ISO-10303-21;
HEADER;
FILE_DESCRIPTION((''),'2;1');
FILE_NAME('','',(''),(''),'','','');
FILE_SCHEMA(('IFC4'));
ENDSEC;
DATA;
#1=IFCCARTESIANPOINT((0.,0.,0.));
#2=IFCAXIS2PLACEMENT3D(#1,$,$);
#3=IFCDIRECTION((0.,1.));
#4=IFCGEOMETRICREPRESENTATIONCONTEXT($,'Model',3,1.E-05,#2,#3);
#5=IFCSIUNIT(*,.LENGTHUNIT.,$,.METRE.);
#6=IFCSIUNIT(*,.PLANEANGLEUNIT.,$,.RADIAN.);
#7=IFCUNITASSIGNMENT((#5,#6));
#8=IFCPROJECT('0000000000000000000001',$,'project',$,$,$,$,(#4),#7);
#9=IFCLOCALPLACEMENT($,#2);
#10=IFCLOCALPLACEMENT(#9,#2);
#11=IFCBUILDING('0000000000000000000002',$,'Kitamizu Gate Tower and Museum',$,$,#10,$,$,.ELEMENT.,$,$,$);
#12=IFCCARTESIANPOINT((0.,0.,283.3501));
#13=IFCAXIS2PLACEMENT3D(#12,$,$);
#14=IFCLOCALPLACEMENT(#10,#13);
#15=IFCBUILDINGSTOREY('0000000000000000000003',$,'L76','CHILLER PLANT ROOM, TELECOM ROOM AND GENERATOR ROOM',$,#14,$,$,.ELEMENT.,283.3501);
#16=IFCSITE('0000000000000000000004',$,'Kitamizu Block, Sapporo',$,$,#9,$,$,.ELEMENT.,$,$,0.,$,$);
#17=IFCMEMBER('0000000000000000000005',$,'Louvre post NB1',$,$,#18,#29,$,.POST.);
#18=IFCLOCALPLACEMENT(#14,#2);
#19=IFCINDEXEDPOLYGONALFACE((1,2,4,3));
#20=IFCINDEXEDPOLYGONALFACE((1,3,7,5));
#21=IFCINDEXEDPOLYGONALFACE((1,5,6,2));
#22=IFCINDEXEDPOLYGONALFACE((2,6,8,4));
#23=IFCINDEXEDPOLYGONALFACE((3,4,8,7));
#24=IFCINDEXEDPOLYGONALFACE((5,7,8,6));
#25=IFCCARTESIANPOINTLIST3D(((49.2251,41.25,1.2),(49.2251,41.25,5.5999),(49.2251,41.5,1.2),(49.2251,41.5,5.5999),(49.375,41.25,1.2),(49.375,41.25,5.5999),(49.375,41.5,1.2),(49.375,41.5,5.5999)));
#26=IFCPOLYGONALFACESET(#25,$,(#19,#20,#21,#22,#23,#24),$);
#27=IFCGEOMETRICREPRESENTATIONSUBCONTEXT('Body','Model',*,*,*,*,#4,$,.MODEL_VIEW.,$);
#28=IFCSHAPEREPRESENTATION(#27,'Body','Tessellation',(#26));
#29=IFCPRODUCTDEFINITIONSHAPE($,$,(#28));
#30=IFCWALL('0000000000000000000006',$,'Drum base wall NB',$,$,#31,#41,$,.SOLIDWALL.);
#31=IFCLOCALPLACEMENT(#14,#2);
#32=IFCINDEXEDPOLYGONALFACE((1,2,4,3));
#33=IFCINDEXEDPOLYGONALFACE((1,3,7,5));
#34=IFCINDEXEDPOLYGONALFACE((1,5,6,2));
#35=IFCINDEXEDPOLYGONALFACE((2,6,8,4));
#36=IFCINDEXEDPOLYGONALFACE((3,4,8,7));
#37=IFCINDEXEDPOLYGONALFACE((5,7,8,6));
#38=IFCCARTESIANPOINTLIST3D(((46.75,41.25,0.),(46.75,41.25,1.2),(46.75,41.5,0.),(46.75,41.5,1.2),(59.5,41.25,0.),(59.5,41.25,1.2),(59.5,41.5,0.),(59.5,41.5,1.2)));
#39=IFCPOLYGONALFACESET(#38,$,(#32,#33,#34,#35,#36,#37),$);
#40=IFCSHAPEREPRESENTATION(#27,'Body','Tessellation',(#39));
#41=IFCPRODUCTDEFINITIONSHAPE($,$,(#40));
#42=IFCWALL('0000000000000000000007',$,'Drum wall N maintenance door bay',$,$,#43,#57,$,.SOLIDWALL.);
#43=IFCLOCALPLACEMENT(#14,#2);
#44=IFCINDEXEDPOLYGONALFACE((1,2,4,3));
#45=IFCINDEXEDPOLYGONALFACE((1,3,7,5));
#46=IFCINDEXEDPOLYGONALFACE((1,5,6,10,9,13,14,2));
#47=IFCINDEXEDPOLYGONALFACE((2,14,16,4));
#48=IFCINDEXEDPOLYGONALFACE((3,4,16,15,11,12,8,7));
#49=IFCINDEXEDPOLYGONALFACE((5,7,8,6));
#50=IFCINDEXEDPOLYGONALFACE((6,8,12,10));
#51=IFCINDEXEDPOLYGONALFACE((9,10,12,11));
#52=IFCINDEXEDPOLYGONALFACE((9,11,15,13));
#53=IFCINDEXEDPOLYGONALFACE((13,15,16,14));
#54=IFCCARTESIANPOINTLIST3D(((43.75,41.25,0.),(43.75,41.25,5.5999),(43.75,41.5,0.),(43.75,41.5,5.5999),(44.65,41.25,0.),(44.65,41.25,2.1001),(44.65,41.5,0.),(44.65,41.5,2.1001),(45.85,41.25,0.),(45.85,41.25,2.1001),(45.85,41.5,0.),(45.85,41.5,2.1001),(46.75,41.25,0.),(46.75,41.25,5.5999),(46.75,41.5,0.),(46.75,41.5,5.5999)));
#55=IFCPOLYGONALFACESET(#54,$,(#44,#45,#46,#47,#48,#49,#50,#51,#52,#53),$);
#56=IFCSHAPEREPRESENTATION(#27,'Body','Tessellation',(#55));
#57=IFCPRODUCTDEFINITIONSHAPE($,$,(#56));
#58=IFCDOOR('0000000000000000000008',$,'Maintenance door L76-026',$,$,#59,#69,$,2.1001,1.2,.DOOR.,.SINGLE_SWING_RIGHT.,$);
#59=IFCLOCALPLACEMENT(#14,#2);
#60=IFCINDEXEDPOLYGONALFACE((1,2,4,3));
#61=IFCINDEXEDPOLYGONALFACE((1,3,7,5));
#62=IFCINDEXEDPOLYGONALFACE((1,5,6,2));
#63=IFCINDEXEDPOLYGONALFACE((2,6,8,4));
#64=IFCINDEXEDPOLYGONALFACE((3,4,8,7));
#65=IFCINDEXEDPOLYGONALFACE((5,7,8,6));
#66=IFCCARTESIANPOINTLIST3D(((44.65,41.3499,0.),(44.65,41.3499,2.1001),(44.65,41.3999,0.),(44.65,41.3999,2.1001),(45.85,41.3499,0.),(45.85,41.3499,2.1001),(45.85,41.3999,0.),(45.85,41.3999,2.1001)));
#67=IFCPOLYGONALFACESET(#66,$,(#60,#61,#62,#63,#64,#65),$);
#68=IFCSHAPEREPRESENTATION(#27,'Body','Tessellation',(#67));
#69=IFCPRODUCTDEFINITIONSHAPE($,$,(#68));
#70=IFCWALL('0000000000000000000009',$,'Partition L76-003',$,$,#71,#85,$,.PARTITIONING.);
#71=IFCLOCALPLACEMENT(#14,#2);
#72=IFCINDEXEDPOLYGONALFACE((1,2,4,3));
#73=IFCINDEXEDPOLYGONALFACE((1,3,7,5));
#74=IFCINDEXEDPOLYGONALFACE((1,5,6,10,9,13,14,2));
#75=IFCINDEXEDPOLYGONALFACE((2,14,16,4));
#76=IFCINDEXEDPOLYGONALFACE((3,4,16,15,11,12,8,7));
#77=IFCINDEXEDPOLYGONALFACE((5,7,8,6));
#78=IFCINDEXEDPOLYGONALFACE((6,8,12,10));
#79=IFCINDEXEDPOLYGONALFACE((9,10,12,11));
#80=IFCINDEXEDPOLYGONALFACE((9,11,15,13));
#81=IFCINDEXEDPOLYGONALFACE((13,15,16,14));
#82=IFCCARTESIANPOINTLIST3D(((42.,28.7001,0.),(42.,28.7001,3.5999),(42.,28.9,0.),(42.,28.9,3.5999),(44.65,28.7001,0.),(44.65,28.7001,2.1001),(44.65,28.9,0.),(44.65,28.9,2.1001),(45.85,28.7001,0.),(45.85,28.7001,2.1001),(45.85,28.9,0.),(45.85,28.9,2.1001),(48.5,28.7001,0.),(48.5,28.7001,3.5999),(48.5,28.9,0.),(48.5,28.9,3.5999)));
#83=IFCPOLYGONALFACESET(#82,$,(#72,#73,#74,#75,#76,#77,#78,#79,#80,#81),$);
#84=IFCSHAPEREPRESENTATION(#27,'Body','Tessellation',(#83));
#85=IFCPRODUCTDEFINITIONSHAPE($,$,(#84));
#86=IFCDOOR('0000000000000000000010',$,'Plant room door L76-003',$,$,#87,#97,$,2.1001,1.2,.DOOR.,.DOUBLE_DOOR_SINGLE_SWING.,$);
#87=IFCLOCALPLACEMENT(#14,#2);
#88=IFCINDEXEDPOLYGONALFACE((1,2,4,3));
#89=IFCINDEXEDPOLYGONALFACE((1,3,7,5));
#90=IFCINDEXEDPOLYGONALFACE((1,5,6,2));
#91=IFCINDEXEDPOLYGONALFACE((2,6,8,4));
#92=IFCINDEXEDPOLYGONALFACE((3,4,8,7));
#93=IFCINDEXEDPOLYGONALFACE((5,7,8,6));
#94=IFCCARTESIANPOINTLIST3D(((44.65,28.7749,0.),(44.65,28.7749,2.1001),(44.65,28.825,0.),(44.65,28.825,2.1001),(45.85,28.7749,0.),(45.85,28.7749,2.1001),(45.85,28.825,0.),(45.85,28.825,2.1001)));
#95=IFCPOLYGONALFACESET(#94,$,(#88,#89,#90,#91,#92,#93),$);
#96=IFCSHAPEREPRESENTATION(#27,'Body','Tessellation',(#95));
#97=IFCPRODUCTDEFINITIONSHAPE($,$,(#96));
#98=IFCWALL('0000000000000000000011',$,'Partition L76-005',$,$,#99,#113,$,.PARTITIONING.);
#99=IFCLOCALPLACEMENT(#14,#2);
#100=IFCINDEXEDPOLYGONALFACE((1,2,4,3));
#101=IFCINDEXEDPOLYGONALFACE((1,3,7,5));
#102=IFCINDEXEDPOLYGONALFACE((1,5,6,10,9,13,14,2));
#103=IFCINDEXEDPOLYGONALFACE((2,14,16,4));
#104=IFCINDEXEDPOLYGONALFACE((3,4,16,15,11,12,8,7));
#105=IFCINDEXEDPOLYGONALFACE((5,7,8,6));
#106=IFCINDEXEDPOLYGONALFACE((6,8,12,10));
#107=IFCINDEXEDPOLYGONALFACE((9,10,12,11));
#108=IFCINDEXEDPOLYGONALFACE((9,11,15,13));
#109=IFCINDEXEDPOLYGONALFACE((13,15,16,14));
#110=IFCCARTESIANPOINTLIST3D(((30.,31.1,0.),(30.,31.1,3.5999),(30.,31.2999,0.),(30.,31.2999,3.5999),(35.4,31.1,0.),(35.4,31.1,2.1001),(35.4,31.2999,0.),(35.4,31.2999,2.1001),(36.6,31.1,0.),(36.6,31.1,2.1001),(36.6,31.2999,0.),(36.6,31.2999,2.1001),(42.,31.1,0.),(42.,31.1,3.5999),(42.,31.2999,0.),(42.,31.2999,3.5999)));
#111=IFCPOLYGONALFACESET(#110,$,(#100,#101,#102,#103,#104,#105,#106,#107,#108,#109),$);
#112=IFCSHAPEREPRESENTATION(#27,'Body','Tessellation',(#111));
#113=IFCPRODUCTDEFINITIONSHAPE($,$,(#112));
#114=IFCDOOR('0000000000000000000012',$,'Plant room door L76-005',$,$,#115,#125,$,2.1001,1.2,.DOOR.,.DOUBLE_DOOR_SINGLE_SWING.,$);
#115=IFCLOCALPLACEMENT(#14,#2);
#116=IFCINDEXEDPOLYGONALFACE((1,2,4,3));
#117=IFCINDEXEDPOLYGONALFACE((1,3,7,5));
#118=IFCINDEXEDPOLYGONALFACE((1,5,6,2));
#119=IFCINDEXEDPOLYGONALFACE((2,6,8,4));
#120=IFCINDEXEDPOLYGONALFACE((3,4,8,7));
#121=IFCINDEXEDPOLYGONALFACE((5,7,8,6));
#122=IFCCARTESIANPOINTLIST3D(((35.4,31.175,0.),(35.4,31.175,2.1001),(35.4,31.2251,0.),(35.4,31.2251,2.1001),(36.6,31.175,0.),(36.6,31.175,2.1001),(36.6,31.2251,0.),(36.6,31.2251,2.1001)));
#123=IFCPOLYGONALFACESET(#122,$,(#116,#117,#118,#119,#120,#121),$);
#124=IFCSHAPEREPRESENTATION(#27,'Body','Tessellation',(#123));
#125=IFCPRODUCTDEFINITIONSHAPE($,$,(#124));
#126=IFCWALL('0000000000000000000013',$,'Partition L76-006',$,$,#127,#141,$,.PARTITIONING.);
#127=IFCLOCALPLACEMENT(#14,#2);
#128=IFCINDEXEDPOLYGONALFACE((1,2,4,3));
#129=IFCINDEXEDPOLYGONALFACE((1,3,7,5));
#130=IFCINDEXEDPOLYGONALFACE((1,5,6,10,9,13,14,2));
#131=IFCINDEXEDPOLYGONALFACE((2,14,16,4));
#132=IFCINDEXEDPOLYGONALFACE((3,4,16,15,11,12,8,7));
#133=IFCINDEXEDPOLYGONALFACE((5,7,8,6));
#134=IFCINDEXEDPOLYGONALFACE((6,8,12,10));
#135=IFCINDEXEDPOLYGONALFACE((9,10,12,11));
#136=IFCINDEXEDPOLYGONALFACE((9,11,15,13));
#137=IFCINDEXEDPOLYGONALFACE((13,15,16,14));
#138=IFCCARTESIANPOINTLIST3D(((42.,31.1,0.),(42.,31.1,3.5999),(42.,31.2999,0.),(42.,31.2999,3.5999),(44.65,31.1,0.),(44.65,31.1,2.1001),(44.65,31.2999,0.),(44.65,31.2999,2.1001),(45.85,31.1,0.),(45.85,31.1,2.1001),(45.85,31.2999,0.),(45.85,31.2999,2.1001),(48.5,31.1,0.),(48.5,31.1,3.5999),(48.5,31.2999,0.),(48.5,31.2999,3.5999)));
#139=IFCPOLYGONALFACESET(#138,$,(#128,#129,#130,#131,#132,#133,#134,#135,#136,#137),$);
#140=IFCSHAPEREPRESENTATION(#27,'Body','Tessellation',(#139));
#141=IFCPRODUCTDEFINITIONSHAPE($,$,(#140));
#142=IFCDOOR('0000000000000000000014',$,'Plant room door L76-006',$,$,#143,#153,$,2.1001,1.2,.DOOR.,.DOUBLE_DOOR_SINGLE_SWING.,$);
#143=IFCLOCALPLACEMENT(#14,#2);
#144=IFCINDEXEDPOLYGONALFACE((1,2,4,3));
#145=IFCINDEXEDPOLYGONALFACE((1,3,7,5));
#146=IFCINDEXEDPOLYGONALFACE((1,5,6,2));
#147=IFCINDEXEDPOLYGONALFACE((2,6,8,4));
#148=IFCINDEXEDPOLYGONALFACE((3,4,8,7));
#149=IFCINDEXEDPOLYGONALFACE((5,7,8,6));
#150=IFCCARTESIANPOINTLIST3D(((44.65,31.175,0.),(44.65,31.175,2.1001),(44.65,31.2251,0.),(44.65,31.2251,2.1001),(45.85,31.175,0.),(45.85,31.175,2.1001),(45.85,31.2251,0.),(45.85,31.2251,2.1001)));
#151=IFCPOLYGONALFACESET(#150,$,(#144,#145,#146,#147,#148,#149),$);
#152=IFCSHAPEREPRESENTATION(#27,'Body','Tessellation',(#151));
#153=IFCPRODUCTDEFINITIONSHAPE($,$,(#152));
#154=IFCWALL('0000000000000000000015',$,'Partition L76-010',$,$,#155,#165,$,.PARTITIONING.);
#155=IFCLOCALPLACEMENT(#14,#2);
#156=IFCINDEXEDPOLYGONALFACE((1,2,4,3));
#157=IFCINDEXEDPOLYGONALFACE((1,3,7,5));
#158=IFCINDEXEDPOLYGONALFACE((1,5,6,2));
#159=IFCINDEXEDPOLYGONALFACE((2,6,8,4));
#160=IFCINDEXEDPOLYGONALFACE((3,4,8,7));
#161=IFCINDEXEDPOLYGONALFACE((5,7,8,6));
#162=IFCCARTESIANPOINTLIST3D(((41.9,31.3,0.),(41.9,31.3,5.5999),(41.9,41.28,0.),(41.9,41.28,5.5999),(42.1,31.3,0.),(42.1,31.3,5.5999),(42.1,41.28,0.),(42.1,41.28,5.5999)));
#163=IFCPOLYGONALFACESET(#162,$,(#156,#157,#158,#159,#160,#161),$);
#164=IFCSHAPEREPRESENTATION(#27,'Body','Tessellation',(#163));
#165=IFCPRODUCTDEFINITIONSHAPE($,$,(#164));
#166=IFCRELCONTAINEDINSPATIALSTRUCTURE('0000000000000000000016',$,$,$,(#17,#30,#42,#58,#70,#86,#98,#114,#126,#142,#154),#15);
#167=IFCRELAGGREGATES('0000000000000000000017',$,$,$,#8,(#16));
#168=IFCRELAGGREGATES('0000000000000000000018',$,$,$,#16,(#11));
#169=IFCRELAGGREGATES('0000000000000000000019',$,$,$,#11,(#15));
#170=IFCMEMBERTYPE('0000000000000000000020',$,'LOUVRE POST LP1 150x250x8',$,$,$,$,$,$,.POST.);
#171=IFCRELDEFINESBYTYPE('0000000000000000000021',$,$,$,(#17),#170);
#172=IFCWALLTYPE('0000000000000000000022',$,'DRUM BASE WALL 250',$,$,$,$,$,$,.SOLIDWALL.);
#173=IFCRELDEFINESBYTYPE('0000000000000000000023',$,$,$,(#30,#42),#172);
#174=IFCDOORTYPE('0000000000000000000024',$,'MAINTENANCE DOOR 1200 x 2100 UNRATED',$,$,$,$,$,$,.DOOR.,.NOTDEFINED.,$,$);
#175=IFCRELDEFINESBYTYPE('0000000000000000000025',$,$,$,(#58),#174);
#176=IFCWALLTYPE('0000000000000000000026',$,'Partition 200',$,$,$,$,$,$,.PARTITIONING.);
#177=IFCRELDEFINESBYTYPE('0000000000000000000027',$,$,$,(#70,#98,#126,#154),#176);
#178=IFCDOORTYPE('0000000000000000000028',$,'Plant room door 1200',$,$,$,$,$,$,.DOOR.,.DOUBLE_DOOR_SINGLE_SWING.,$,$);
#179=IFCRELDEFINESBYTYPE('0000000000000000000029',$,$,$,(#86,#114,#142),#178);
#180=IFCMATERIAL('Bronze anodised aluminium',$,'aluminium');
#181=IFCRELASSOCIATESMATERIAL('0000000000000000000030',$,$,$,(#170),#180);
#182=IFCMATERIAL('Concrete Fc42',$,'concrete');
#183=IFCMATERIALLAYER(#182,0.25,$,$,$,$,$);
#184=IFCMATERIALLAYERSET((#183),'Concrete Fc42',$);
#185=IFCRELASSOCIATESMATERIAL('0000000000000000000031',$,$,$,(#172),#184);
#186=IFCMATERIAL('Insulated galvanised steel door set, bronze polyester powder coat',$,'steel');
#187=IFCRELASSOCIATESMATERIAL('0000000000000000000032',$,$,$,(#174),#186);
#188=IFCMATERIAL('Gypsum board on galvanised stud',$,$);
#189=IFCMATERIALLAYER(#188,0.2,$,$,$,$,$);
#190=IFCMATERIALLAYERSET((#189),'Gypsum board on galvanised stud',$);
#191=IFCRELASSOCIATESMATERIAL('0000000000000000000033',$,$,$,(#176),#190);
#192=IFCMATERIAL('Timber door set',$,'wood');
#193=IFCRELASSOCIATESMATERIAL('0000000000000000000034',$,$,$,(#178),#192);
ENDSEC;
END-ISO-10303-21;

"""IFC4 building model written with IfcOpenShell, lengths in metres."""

from ifc_helpers import new_model, si_unit, direction, frame, frame_2d, origin, origin_2d, place, context, subcontext, project, spatial, rectangle, extrude, material, layer, layer_set, material_profile, profile_set, type_object, element, fill, save


model = new_model("IFC4")

# Units and contexts
model_context = context("Model", 3, precision=1e-05, world=origin(), true_north=direction((0.0, 1.0)))
body_context = subcontext(model_context, "Body", "Model", "MODEL_VIEW")
ifc_project = project(units=[si_unit("LENGTHUNIT", "METRE"), si_unit("PLANEANGLEUNIT", "RADIAN")], contexts=[model_context])

# Site, building, storey
site_placement = place(None, origin())
site = spatial("IfcSite", under=ifc_project, at=site_placement, Name="Kitamizu Block, Sapporo", CompositionType="ELEMENT", RefElevation=0.0)
building_placement = place(site_placement, origin())
building = spatial("IfcBuilding", under=site, at=building_placement, Name="Kitamizu Gate Tower and Museum", CompositionType="ELEMENT")
storey_placement = place(building_placement, frame((0.0, 0.0, 283.3501)))
storey = spatial("IfcBuildingStorey", under=building, at=storey_placement, Name="L76", Description="CHILLER PLANT ROOM, TELECOM ROOM AND GENERATOR ROOM", CompositionType="ELEMENT", Elevation=283.3501)

# Member
ifc_material_1 = material(Name="Bronze anodised aluminium", Category="aluminium")
ifc_material_profile_1 = material_profile(ifc_material_1, rectangle(XDim=0.1499, YDim=0.25, at=origin_2d()), Name="AL 150x250")
ifc_profile_set_1 = profile_set([ifc_material_profile_1], Name="Bronze anodised aluminium")
member_type = type_object("IfcMemberType", Name="LOUVRE POST LP1 150x250x8", PredefinedType="POST", material=ifc_profile_set_1)
member_placement = place(storey_placement, frame((49.3, 41.375, 1.2), z_axis=(0.0, 0.0, 1.0), x_axis=(1.0, 0.0, 0.0)))
element("IfcMember", 1, at=member_placement, inside=storey, type_object=member_type, Name="Louvre post NB1", PredefinedType="POST", context=body_context, shape_type="SweptSolid", body=[
    extrude(rectangle(XDim=0.1499, YDim=0.25, at=origin_2d()), origin(), (0.0, 0.0, 1.0), 4.3999),
])

# Wall
ifc_material_2 = material(Name="Concrete Fc42", Category="concrete")
ifc_layer_1 = layer(ifc_material_2, 0.25)
ifc_layer_set_1 = layer_set([ifc_layer_1], Name="Concrete Fc42")
wall_type_1 = type_object("IfcWallType", Name="DRUM BASE WALL 250", PredefinedType="SOLIDWALL", material=ifc_layer_set_1)
wall_1_placement = place(storey_placement, frame((46.75, 41.375, 0.0), z_axis=(0.0, 0.0, 1.0), x_axis=(1.0, 0.0, 0.0)))
element("IfcWall", 2, at=wall_1_placement, inside=storey, type_object=wall_type_1, Name="Drum base wall NB", PredefinedType="SOLIDWALL", context=body_context, shape_type="SweptSolid", body=[
    extrude(rectangle(XDim=12.75, YDim=0.25, at=frame_2d((6.375, 0.0))), origin(), (0.0, 0.0, 1.0), 1.2),
])

# Walls, openings, doors
wall_2_placement = place(storey_placement, frame((43.75, 41.375, 0.0), z_axis=(0.0, 0.0, 1.0), x_axis=(1.0, 0.0, 0.0)))
wall_2 = element("IfcWall", 3, at=wall_2_placement, inside=storey, type_object=wall_type_1, Name="Drum wall N maintenance door bay", PredefinedType="SOLIDWALL", context=body_context, shape_type="SweptSolid", body=[
    extrude(rectangle(XDim=3.0, YDim=0.25, at=frame_2d((1.5, 0.0))), origin(), (0.0, 0.0, 1.0), 5.5999),
])
opening_1_placement = place(wall_2_placement, frame((0.8999, 0.0, 0.0)))
opening_1 = element("IfcOpeningElement", 4, at=opening_1_placement, cuts=wall_2, PredefinedType="OPENING", context=body_context, shape_type="SweptSolid", body=[
    extrude(rectangle(XDim=1.2, YDim=2.1001, at=frame_2d((0.6001, 1.05))), frame((0.0, 0.135, 0.0), z_axis=(0.0, -1.0, 0.0), x_axis=(1.0, 0.0, 0.0)), (0.0, 0.0, 1.0), 0.27),
])
ifc_material_3 = material(Name="Insulated galvanised steel door set, bronze polyester powder coat", Category="steel")
door_type_1 = type_object("IfcDoorType", Name="MAINTENANCE DOOR 1200 x 2100 UNRATED", OperationType="NOTDEFINED", PredefinedType="DOOR", material=ifc_material_3)
door_1_placement = place(opening_1_placement, origin())
door_1 = element("IfcDoor", 5, at=door_1_placement, inside=storey, type_object=door_type_1, Name="Maintenance door L76-026", OperationType="SINGLE_SWING_RIGHT", OverallHeight=2.1001, OverallWidth=1.2, PredefinedType="DOOR", context=body_context, shape_type="SweptSolid", body=[
    extrude(rectangle(XDim=1.2, YDim=2.1001, at=frame_2d((0.6001, 1.05))), frame((0.0, 0.0249, 0.0), z_axis=(0.0, -1.0, 0.0), x_axis=(1.0, 0.0, 0.0)), (0.0, 0.0, 1.0), 0.05),
])
fill(opening_1, door_1)
ifc_material_4 = material(Name="Gypsum board on galvanised stud")
ifc_layer_2 = layer(ifc_material_4, 0.2)
ifc_layer_set_2 = layer_set([ifc_layer_2], Name="Gypsum board on galvanised stud")
wall_type_2 = type_object("IfcWallType", Name="Partition 200", PredefinedType="PARTITIONING", material=ifc_layer_set_2)
wall_3_placement = place(storey_placement, frame((42.0, 28.8, 0.0), z_axis=(0.0, 0.0, 1.0), x_axis=(1.0, 0.0, 0.0)))
wall_3 = element("IfcWall", 6, at=wall_3_placement, inside=storey, type_object=wall_type_2, Name="Partition L76-003", PredefinedType="PARTITIONING", context=body_context, shape_type="SweptSolid", body=[
    extrude(rectangle(XDim=6.5, YDim=0.2, at=frame_2d((3.25, 0.0))), origin(), (0.0, 0.0, 1.0), 3.5999),
])
opening_2_placement = place(wall_3_placement, frame((2.6499, 0.0, 0.0)))
opening_2 = element("IfcOpeningElement", 7, at=opening_2_placement, cuts=wall_3, PredefinedType="OPENING", context=body_context, shape_type="SweptSolid", body=[
    extrude(rectangle(XDim=1.2, YDim=2.1001, at=frame_2d((0.6001, 1.05))), frame((0.0, 0.1099, 0.0), z_axis=(0.0, -1.0, 0.0), x_axis=(1.0, 0.0, 0.0)), (0.0, 0.0, 1.0), 0.22),
])
ifc_material_5 = material(Name="Timber door set", Category="wood")
door_type_2 = type_object("IfcDoorType", Name="Plant room door 1200", OperationType="DOUBLE_DOOR_SINGLE_SWING", PredefinedType="DOOR", material=ifc_material_5)
door_2_placement = place(opening_2_placement, origin())
door_2 = element("IfcDoor", 8, at=door_2_placement, inside=storey, type_object=door_type_2, Name="Plant room door L76-003", OperationType="DOUBLE_DOOR_SINGLE_SWING", OverallHeight=2.1001, OverallWidth=1.2, PredefinedType="DOOR", context=body_context, shape_type="SweptSolid", body=[
    extrude(rectangle(XDim=1.2, YDim=2.1001, at=frame_2d((0.6001, 1.05))), frame((0.0, 0.0249, 0.0), z_axis=(0.0, -1.0, 0.0), x_axis=(1.0, 0.0, 0.0)), (0.0, 0.0, 1.0), 0.05),
])
fill(opening_2, door_2)
wall_4_placement = place(storey_placement, frame((42.0, 31.2, 0.0), z_axis=(0.0, 0.0, 1.0), x_axis=(-1.0, 0.0, 0.0)))
wall_4 = element("IfcWall", 9, at=wall_4_placement, inside=storey, type_object=wall_type_2, Name="Partition L76-005", PredefinedType="PARTITIONING", context=body_context, shape_type="SweptSolid", body=[
    extrude(rectangle(XDim=12.0, YDim=0.2, at=frame_2d((6.0, 0.0))), origin(), (0.0, 0.0, 1.0), 3.5999),
])
opening_3_placement = place(wall_4_placement, frame((5.3999, 0.0, 0.0)))
opening_3 = element("IfcOpeningElement", 10, at=opening_3_placement, cuts=wall_4, PredefinedType="OPENING", context=body_context, shape_type="SweptSolid", body=[
    extrude(rectangle(XDim=1.2, YDim=2.1001, at=frame_2d((0.6001, 1.05))), frame((0.0, 0.1099, 0.0), z_axis=(0.0, -1.0, 0.0), x_axis=(1.0, 0.0, 0.0)), (0.0, 0.0, 1.0), 0.22),
])
door_3_placement = place(opening_3_placement, origin())
door_3 = element("IfcDoor", 11, at=door_3_placement, inside=storey, type_object=door_type_2, Name="Plant room door L76-005", OperationType="DOUBLE_DOOR_SINGLE_SWING", OverallHeight=2.1001, OverallWidth=1.2, PredefinedType="DOOR", context=body_context, shape_type="SweptSolid", body=[
    extrude(rectangle(XDim=1.2, YDim=2.1001, at=frame_2d((0.6001, 1.05))), frame((0.0, 0.0249, 0.0), z_axis=(0.0, -1.0, 0.0), x_axis=(1.0, 0.0, 0.0)), (0.0, 0.0, 1.0), 0.05),
])
fill(opening_3, door_3)
wall_5_placement = place(storey_placement, frame((48.5, 31.2, 0.0), z_axis=(0.0, 0.0, 1.0), x_axis=(-1.0, 0.0, 0.0)))
wall_5 = element("IfcWall", 12, at=wall_5_placement, inside=storey, type_object=wall_type_2, Name="Partition L76-006", PredefinedType="PARTITIONING", context=body_context, shape_type="SweptSolid", body=[
    extrude(rectangle(XDim=6.5, YDim=0.2, at=frame_2d((3.25, 0.0))), origin(), (0.0, 0.0, 1.0), 3.5999),
])
opening_4_placement = place(wall_5_placement, frame((2.6499, 0.0, 0.0)))
opening_4 = element("IfcOpeningElement", 13, at=opening_4_placement, cuts=wall_5, PredefinedType="OPENING", context=body_context, shape_type="SweptSolid", body=[
    extrude(rectangle(XDim=1.2, YDim=2.1001, at=frame_2d((0.6001, 1.05))), frame((0.0, 0.1099, 0.0), z_axis=(0.0, -1.0, 0.0), x_axis=(1.0, 0.0, 0.0)), (0.0, 0.0, 1.0), 0.22),
])
door_4_placement = place(opening_4_placement, origin())
door_4 = element("IfcDoor", 14, at=door_4_placement, inside=storey, type_object=door_type_2, Name="Plant room door L76-006", OperationType="DOUBLE_DOOR_SINGLE_SWING", OverallHeight=2.1001, OverallWidth=1.2, PredefinedType="DOOR", context=body_context, shape_type="SweptSolid", body=[
    extrude(rectangle(XDim=1.2, YDim=2.1001, at=frame_2d((0.6001, 1.05))), frame((0.0, 0.0249, 0.0), z_axis=(0.0, -1.0, 0.0), x_axis=(1.0, 0.0, 0.0)), (0.0, 0.0, 1.0), 0.05),
])
fill(opening_4, door_4)

# Wall
wall_6_placement = place(storey_placement, frame((42.0, 31.3, 0.0), z_axis=(0.0, 0.0, 1.0), x_axis=(0.0, 1.0, 0.0)))
element("IfcWall", 15, at=wall_6_placement, inside=storey, type_object=wall_type_2, Name="Partition L76-010", PredefinedType="PARTITIONING", context=body_context, shape_type="SweptSolid", body=[
    extrude(rectangle(XDim=9.98, YDim=0.2, at=frame_2d((4.99, 0.0))), origin(), (0.0, 0.0, 1.0), 5.5999),
])

save(model, "model.ifc")
